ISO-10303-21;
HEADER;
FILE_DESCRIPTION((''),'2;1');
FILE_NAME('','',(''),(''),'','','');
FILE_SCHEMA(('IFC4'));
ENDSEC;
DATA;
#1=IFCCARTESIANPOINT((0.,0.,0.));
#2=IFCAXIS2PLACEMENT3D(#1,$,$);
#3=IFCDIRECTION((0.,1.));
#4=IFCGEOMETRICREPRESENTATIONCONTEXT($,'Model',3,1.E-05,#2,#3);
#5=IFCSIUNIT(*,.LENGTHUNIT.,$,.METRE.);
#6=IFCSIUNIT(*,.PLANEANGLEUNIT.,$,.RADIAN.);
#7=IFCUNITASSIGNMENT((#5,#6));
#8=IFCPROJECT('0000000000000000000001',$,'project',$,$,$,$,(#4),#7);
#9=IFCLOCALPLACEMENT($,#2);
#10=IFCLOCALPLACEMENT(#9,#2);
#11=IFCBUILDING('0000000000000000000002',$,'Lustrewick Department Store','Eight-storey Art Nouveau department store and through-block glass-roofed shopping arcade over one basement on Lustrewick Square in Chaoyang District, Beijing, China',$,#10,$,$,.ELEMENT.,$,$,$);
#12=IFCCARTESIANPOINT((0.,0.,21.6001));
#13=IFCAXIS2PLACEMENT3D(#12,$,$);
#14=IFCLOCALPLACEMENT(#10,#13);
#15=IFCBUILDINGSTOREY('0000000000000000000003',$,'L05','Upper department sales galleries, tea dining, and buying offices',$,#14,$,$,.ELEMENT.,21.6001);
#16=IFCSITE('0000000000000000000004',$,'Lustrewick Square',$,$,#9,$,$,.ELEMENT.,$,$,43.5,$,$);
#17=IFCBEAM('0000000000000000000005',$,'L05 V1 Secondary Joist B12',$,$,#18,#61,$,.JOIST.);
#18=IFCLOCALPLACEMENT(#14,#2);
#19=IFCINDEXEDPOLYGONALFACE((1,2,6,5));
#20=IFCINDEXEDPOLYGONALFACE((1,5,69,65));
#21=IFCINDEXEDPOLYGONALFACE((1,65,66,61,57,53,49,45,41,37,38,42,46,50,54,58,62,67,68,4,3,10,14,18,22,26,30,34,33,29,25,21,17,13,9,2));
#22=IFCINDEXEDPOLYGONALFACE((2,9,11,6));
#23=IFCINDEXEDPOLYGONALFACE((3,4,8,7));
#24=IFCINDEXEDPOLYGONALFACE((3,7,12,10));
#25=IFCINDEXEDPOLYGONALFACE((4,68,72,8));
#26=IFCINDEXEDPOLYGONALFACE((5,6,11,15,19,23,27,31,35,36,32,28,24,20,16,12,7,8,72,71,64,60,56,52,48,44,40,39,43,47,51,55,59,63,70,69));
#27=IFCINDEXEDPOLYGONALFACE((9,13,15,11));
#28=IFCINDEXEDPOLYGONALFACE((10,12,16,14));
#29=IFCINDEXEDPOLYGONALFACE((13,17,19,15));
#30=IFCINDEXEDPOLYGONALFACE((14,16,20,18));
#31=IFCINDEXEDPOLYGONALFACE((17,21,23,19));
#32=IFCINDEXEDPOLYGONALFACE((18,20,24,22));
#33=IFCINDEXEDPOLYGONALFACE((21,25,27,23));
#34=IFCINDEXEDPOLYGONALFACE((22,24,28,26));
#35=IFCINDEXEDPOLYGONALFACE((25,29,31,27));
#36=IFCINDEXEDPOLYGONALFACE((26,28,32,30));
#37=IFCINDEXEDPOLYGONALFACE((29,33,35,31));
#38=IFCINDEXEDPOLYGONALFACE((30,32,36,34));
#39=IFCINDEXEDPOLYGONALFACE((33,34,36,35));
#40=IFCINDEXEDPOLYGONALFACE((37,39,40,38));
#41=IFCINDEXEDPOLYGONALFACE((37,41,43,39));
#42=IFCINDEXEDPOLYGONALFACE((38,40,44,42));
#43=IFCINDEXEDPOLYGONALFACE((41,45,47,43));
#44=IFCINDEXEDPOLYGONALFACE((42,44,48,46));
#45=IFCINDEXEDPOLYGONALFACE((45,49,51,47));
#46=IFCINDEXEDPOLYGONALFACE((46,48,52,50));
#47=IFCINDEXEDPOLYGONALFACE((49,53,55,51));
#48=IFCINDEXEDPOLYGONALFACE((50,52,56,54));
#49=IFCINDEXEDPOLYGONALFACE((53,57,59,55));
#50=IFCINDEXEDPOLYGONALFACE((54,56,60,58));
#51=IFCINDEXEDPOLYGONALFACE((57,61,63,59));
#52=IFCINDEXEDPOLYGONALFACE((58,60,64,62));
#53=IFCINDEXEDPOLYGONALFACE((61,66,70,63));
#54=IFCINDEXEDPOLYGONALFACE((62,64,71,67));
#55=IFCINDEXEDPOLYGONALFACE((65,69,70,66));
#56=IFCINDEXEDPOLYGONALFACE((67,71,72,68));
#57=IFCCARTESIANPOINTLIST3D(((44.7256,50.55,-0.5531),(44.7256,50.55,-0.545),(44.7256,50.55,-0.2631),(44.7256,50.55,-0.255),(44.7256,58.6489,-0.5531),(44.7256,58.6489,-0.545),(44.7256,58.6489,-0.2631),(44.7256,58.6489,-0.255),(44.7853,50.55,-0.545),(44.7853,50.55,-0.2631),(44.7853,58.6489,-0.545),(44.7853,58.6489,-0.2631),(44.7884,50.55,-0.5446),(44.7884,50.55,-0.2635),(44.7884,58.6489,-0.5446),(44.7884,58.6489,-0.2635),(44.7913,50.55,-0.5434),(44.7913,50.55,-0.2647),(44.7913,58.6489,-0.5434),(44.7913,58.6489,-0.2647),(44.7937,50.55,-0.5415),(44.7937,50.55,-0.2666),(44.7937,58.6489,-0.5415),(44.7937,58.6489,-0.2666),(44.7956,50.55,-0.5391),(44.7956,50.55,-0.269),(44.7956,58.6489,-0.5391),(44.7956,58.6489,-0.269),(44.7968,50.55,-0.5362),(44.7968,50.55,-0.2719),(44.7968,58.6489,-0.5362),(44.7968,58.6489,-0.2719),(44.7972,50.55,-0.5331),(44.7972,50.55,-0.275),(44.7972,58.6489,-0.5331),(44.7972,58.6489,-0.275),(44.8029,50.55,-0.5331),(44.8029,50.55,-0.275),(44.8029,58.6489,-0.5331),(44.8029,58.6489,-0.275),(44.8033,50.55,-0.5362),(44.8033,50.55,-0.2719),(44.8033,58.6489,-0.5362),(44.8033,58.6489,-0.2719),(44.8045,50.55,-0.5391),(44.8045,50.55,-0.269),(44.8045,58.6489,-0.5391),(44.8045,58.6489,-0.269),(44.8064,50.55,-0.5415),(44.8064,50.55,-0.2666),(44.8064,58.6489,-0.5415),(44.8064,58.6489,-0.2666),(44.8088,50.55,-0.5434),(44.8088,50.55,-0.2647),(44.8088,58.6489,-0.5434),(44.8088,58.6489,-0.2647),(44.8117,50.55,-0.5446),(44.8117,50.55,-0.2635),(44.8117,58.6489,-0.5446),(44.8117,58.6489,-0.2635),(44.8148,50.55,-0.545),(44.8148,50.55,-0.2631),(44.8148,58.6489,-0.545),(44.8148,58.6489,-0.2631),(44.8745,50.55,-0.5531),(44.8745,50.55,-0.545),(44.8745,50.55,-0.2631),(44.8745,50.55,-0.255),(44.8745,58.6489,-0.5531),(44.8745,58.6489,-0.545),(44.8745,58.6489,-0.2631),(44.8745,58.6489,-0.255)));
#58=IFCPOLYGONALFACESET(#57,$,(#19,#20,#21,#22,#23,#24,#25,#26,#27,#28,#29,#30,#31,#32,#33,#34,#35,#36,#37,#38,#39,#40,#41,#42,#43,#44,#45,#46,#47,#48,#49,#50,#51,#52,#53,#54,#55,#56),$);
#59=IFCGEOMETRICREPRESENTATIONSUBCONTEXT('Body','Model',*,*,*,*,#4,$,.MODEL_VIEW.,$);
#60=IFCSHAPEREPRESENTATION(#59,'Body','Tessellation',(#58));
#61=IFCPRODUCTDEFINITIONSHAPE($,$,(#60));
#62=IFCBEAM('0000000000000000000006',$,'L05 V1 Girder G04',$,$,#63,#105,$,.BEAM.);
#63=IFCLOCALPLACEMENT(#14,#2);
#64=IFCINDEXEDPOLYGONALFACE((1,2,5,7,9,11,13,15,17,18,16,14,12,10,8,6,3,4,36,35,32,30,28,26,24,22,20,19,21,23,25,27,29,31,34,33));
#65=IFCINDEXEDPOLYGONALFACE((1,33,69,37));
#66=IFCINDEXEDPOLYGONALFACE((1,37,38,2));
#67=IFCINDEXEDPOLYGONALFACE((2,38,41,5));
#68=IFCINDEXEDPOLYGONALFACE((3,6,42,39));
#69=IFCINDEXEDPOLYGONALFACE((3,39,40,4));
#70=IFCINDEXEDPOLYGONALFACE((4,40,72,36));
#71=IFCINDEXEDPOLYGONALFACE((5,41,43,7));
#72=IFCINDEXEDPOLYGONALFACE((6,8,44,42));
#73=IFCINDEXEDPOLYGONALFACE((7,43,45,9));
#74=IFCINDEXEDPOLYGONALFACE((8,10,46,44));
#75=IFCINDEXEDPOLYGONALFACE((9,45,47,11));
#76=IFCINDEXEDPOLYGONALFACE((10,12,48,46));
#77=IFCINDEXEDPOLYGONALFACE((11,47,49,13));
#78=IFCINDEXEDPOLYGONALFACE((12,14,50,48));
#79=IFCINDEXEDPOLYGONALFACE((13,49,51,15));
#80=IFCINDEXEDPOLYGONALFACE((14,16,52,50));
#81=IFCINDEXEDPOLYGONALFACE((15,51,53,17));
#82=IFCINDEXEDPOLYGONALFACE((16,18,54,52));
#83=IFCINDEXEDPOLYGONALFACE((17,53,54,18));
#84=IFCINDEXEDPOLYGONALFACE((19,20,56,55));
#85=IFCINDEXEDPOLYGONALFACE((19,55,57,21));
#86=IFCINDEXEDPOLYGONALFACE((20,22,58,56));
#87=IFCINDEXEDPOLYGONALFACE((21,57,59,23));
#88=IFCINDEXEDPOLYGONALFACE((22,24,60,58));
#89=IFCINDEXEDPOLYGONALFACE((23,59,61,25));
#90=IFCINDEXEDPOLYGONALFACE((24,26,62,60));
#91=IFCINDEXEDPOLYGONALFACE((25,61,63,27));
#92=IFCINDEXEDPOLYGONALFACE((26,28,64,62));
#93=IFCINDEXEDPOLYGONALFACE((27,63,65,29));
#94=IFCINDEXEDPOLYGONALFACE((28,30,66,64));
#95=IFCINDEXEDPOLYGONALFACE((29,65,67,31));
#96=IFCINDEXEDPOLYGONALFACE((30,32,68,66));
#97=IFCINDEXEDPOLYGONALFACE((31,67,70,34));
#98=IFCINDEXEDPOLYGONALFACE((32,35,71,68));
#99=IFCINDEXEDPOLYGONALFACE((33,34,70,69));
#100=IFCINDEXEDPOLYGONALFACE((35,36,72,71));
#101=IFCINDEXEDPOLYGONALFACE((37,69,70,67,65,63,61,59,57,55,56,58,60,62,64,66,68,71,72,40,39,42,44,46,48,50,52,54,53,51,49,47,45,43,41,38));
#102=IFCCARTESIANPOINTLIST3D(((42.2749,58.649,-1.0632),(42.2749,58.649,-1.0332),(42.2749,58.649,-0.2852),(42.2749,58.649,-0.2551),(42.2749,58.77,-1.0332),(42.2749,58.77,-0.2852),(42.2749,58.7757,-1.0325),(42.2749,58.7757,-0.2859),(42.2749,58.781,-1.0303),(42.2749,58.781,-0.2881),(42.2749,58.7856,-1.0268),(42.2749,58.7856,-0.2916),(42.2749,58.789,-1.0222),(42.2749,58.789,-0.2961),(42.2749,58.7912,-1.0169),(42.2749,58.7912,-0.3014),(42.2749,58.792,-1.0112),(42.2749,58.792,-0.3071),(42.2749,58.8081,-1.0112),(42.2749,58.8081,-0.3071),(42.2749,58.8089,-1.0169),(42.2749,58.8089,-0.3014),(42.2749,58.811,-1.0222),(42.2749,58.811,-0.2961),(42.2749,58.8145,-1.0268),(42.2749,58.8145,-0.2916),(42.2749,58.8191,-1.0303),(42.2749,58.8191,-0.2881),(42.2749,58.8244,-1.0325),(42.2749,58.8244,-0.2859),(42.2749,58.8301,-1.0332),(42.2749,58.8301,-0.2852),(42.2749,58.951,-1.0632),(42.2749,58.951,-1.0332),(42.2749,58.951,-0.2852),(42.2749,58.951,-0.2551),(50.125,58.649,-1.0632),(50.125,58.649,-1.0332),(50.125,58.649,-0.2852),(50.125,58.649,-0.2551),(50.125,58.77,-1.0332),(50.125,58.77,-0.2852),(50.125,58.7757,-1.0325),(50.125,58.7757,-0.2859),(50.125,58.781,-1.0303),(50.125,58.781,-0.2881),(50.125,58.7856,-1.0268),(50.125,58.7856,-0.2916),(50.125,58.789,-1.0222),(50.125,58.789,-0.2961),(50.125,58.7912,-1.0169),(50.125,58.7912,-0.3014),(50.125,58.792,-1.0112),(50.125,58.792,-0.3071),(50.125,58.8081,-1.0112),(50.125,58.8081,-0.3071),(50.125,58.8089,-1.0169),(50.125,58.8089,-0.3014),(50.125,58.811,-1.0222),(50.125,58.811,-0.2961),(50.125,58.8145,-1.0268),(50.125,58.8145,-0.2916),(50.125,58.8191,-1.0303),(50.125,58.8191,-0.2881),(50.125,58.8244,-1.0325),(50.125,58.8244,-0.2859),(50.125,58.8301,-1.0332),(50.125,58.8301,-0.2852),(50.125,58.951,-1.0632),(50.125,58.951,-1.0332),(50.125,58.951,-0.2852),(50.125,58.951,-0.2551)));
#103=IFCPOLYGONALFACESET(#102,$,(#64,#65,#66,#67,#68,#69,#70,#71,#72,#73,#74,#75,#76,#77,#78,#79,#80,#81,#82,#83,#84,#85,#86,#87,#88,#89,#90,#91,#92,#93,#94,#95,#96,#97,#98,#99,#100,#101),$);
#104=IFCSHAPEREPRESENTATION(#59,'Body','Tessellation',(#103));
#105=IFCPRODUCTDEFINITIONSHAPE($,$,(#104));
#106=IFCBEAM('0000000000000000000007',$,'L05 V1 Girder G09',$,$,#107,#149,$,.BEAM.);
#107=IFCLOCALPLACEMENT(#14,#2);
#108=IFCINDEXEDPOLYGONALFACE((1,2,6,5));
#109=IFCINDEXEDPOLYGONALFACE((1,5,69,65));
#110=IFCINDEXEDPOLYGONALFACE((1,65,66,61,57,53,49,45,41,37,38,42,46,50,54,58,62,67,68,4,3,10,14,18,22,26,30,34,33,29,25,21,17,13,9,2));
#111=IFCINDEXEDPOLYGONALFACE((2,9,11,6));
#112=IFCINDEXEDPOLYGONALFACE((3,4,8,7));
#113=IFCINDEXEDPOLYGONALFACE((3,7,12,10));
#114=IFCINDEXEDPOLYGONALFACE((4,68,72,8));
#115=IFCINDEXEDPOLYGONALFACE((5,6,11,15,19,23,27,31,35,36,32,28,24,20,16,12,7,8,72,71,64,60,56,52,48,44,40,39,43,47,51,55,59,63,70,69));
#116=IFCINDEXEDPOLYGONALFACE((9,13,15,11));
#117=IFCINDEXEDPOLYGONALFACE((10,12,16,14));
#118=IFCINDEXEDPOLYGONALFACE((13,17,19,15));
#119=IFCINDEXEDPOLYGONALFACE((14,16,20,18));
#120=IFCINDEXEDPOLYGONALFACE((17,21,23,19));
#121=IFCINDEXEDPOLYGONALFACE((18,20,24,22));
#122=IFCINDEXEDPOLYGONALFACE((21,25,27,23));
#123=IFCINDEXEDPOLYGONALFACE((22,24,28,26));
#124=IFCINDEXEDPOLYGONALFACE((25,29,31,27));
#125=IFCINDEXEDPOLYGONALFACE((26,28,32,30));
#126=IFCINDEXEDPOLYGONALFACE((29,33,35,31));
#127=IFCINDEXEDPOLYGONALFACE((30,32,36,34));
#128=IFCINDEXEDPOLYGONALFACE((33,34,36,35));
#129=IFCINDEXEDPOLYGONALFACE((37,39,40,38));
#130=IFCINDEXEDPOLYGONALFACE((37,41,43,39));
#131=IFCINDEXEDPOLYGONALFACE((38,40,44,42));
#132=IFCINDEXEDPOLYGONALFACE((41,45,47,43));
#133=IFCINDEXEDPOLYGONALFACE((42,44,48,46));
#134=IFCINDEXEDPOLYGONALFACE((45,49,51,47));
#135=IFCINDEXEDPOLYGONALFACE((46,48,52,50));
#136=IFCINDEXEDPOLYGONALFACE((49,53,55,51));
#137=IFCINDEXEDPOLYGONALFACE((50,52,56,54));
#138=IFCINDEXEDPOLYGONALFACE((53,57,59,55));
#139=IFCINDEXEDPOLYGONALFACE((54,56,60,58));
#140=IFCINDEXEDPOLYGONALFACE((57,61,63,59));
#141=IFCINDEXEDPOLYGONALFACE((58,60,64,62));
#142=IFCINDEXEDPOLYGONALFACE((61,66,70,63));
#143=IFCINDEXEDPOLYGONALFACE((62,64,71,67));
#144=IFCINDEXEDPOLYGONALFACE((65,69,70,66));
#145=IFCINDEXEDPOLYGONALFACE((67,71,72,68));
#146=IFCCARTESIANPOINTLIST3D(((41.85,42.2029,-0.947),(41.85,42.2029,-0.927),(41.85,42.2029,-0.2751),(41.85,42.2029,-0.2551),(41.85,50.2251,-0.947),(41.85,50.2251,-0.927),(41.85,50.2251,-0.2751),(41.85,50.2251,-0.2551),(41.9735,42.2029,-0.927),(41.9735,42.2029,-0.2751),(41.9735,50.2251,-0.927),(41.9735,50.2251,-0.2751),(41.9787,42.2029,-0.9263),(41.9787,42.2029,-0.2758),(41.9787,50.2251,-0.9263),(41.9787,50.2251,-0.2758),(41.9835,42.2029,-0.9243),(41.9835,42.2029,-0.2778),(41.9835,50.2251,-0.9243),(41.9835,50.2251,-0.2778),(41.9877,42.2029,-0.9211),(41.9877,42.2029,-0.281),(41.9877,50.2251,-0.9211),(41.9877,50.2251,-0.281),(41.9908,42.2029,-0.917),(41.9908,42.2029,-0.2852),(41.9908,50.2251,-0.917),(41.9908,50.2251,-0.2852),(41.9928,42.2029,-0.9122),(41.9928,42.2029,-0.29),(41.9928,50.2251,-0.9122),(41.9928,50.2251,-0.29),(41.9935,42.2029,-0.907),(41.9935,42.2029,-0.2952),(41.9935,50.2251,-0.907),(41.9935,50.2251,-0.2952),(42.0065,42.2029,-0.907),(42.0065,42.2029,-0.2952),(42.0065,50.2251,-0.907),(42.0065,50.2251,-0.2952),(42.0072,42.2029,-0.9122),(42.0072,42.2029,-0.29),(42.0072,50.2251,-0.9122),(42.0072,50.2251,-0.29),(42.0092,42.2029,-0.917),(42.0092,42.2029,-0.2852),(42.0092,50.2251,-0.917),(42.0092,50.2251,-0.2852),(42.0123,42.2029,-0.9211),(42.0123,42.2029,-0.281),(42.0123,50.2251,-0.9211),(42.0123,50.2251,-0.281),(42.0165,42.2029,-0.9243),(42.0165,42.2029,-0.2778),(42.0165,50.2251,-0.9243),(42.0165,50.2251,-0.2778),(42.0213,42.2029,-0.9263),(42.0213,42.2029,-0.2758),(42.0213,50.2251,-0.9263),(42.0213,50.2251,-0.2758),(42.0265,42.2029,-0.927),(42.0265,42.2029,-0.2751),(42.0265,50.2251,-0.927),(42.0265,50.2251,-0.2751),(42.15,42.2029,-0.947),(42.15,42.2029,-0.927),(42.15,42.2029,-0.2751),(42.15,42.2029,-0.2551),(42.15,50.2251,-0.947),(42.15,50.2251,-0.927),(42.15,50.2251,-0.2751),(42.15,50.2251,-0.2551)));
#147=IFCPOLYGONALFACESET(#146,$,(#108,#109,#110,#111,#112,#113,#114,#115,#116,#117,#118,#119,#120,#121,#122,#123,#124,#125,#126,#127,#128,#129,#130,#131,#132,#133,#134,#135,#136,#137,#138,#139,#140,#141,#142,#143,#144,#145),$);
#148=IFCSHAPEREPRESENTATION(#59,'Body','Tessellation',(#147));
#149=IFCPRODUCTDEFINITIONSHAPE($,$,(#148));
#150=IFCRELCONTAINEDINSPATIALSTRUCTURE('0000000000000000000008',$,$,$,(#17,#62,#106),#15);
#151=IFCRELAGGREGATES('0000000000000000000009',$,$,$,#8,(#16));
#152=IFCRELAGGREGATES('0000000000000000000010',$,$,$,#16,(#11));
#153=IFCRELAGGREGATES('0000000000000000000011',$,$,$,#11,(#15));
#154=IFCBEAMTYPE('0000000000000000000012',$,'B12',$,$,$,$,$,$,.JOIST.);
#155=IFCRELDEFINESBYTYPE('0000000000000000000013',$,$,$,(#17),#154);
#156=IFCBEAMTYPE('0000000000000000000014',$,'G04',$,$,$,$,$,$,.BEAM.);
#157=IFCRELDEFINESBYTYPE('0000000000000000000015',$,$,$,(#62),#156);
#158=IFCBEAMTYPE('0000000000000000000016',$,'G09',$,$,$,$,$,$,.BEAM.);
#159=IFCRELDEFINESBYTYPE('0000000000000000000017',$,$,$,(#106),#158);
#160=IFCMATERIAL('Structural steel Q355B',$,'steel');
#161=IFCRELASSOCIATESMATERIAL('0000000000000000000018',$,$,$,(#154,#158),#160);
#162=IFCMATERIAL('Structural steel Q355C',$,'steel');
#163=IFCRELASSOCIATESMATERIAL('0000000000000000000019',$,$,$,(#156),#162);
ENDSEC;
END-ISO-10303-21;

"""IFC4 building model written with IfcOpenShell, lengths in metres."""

from ifc_helpers import new_model, si_unit, direction, frame, origin, origin_2d, place, context, subcontext, project, spatial, i_section, extrude, material, material_profile, profile_set, type_object, element, save


model = new_model("IFC4")

# Units and contexts
model_context = context("Model", 3, precision=1e-05, world=origin(), true_north=direction((0.0, 1.0)))
body_context = subcontext(model_context, "Body", "Model", "MODEL_VIEW")
ifc_project = project(units=[si_unit("LENGTHUNIT", "METRE"), si_unit("PLANEANGLEUNIT", "RADIAN")], contexts=[model_context])

# Site, building, storey
site_placement = place(None, origin())
site = spatial("IfcSite", under=ifc_project, at=site_placement, Name="Lustrewick Square", CompositionType="ELEMENT", RefElevation=43.5)
building_placement = place(site_placement, origin())
building = spatial("IfcBuilding", under=site, at=building_placement, Name="Lustrewick Department Store", Description="Eight-storey Art Nouveau department store and through-block glass-roofed shopping arcade over one basement on Lustrewick Square in Chaoyang District, Beijing, China", CompositionType="ELEMENT")
storey_placement = place(building_placement, frame((0.0, 0.0, 21.6001)))
storey = spatial("IfcBuildingStorey", under=building, at=storey_placement, Name="L05", Description="Upper department sales galleries, tea dining, and buying offices", CompositionType="ELEMENT", Elevation=21.6001)

# Shared definitions
ifc_material_1 = material(Name="Structural steel Q355B", Category="steel")

# Beams
ifc_material_profile_1 = material_profile(ifc_material_1, i_section(OverallWidth=0.1489, OverallDepth=0.2981, WebThickness=0.0056, FlangeThickness=0.0081, FilletRadius=0.012, at=origin_2d()), Name="HN 298x149x5.5x8")
ifc_profile_set_1 = profile_set([ifc_material_profile_1], Name="Structural steel Q355B")
beam_type_1 = type_object("IfcBeamType", Name="B12", PredefinedType="JOIST", material=ifc_profile_set_1)
beam_1_placement = place(storey_placement, frame((44.8, 50.55, -0.4041), z_axis=(0.0, 1.0, 0.0), x_axis=(-1.0, 0.0, 0.0)))
element("IfcBeam", 1, at=beam_1_placement, inside=storey, type_object=beam_type_1, Name="L05 V1 Secondary Joist B12", PredefinedType="JOIST", context=body_context, shape_type="SweptSolid", body=[
    extrude(i_section(OverallWidth=0.1489, OverallDepth=0.2981, WebThickness=0.0056, FlangeThickness=0.0081, FilletRadius=0.012, at=origin_2d()), origin(), (0.0, 0.0, 1.0), 8.0989),
])
ifc_material_2 = material(Name="Structural steel Q355C", Category="steel")
ifc_material_profile_2 = material_profile(ifc_material_2, i_section(OverallWidth=0.302, OverallDepth=0.8081, WebThickness=0.0161, FlangeThickness=0.03, FilletRadius=0.022, at=origin_2d()), Name="HN 808x302x16x30")
ifc_profile_set_2 = profile_set([ifc_material_profile_2], Name="Structural steel Q355C")
beam_type_2 = type_object("IfcBeamType", Name="G04", PredefinedType="BEAM", material=ifc_profile_set_2)
beam_2_placement = place(storey_placement, frame((42.2749, 58.8, -0.6592), z_axis=(1.0, 0.0, 0.0), x_axis=(0.0, 1.0, 0.0)))
element("IfcBeam", 2, at=beam_2_placement, inside=storey, type_object=beam_type_2, Name="L05 V1 Girder G04", PredefinedType="BEAM", context=body_context, shape_type="SweptSolid", body=[
    extrude(i_section(OverallWidth=0.302, OverallDepth=0.8081, WebThickness=0.0161, FlangeThickness=0.03, FilletRadius=0.022, at=origin_2d()), origin(), (0.0, 0.0, 1.0), 7.8501),
])
ifc_material_profile_3 = material_profile(ifc_material_1, i_section(OverallWidth=0.3, OverallDepth=0.6919, WebThickness=0.0129, FlangeThickness=0.02, FilletRadius=0.02, at=origin_2d()), Name="HN 692x300x13x20")
ifc_profile_set_3 = profile_set([ifc_material_profile_3], Name="Structural steel Q355B")
beam_type_3 = type_object("IfcBeamType", Name="G09", PredefinedType="BEAM", material=ifc_profile_set_3)
beam_3_placement = place(storey_placement, frame((42.0, 42.2029, -0.6011), z_axis=(0.0, 1.0, 0.0), x_axis=(-1.0, 0.0, 0.0)))
element("IfcBeam", 3, at=beam_3_placement, inside=storey, type_object=beam_type_3, Name="L05 V1 Girder G09", PredefinedType="BEAM", context=body_context, shape_type="SweptSolid", body=[
    extrude(i_section(OverallWidth=0.3, OverallDepth=0.6919, WebThickness=0.0129, FlangeThickness=0.02, FilletRadius=0.02, at=origin_2d()), origin(), (0.0, 0.0, 1.0), 8.0222),
])

save(model, "model.ifc")
